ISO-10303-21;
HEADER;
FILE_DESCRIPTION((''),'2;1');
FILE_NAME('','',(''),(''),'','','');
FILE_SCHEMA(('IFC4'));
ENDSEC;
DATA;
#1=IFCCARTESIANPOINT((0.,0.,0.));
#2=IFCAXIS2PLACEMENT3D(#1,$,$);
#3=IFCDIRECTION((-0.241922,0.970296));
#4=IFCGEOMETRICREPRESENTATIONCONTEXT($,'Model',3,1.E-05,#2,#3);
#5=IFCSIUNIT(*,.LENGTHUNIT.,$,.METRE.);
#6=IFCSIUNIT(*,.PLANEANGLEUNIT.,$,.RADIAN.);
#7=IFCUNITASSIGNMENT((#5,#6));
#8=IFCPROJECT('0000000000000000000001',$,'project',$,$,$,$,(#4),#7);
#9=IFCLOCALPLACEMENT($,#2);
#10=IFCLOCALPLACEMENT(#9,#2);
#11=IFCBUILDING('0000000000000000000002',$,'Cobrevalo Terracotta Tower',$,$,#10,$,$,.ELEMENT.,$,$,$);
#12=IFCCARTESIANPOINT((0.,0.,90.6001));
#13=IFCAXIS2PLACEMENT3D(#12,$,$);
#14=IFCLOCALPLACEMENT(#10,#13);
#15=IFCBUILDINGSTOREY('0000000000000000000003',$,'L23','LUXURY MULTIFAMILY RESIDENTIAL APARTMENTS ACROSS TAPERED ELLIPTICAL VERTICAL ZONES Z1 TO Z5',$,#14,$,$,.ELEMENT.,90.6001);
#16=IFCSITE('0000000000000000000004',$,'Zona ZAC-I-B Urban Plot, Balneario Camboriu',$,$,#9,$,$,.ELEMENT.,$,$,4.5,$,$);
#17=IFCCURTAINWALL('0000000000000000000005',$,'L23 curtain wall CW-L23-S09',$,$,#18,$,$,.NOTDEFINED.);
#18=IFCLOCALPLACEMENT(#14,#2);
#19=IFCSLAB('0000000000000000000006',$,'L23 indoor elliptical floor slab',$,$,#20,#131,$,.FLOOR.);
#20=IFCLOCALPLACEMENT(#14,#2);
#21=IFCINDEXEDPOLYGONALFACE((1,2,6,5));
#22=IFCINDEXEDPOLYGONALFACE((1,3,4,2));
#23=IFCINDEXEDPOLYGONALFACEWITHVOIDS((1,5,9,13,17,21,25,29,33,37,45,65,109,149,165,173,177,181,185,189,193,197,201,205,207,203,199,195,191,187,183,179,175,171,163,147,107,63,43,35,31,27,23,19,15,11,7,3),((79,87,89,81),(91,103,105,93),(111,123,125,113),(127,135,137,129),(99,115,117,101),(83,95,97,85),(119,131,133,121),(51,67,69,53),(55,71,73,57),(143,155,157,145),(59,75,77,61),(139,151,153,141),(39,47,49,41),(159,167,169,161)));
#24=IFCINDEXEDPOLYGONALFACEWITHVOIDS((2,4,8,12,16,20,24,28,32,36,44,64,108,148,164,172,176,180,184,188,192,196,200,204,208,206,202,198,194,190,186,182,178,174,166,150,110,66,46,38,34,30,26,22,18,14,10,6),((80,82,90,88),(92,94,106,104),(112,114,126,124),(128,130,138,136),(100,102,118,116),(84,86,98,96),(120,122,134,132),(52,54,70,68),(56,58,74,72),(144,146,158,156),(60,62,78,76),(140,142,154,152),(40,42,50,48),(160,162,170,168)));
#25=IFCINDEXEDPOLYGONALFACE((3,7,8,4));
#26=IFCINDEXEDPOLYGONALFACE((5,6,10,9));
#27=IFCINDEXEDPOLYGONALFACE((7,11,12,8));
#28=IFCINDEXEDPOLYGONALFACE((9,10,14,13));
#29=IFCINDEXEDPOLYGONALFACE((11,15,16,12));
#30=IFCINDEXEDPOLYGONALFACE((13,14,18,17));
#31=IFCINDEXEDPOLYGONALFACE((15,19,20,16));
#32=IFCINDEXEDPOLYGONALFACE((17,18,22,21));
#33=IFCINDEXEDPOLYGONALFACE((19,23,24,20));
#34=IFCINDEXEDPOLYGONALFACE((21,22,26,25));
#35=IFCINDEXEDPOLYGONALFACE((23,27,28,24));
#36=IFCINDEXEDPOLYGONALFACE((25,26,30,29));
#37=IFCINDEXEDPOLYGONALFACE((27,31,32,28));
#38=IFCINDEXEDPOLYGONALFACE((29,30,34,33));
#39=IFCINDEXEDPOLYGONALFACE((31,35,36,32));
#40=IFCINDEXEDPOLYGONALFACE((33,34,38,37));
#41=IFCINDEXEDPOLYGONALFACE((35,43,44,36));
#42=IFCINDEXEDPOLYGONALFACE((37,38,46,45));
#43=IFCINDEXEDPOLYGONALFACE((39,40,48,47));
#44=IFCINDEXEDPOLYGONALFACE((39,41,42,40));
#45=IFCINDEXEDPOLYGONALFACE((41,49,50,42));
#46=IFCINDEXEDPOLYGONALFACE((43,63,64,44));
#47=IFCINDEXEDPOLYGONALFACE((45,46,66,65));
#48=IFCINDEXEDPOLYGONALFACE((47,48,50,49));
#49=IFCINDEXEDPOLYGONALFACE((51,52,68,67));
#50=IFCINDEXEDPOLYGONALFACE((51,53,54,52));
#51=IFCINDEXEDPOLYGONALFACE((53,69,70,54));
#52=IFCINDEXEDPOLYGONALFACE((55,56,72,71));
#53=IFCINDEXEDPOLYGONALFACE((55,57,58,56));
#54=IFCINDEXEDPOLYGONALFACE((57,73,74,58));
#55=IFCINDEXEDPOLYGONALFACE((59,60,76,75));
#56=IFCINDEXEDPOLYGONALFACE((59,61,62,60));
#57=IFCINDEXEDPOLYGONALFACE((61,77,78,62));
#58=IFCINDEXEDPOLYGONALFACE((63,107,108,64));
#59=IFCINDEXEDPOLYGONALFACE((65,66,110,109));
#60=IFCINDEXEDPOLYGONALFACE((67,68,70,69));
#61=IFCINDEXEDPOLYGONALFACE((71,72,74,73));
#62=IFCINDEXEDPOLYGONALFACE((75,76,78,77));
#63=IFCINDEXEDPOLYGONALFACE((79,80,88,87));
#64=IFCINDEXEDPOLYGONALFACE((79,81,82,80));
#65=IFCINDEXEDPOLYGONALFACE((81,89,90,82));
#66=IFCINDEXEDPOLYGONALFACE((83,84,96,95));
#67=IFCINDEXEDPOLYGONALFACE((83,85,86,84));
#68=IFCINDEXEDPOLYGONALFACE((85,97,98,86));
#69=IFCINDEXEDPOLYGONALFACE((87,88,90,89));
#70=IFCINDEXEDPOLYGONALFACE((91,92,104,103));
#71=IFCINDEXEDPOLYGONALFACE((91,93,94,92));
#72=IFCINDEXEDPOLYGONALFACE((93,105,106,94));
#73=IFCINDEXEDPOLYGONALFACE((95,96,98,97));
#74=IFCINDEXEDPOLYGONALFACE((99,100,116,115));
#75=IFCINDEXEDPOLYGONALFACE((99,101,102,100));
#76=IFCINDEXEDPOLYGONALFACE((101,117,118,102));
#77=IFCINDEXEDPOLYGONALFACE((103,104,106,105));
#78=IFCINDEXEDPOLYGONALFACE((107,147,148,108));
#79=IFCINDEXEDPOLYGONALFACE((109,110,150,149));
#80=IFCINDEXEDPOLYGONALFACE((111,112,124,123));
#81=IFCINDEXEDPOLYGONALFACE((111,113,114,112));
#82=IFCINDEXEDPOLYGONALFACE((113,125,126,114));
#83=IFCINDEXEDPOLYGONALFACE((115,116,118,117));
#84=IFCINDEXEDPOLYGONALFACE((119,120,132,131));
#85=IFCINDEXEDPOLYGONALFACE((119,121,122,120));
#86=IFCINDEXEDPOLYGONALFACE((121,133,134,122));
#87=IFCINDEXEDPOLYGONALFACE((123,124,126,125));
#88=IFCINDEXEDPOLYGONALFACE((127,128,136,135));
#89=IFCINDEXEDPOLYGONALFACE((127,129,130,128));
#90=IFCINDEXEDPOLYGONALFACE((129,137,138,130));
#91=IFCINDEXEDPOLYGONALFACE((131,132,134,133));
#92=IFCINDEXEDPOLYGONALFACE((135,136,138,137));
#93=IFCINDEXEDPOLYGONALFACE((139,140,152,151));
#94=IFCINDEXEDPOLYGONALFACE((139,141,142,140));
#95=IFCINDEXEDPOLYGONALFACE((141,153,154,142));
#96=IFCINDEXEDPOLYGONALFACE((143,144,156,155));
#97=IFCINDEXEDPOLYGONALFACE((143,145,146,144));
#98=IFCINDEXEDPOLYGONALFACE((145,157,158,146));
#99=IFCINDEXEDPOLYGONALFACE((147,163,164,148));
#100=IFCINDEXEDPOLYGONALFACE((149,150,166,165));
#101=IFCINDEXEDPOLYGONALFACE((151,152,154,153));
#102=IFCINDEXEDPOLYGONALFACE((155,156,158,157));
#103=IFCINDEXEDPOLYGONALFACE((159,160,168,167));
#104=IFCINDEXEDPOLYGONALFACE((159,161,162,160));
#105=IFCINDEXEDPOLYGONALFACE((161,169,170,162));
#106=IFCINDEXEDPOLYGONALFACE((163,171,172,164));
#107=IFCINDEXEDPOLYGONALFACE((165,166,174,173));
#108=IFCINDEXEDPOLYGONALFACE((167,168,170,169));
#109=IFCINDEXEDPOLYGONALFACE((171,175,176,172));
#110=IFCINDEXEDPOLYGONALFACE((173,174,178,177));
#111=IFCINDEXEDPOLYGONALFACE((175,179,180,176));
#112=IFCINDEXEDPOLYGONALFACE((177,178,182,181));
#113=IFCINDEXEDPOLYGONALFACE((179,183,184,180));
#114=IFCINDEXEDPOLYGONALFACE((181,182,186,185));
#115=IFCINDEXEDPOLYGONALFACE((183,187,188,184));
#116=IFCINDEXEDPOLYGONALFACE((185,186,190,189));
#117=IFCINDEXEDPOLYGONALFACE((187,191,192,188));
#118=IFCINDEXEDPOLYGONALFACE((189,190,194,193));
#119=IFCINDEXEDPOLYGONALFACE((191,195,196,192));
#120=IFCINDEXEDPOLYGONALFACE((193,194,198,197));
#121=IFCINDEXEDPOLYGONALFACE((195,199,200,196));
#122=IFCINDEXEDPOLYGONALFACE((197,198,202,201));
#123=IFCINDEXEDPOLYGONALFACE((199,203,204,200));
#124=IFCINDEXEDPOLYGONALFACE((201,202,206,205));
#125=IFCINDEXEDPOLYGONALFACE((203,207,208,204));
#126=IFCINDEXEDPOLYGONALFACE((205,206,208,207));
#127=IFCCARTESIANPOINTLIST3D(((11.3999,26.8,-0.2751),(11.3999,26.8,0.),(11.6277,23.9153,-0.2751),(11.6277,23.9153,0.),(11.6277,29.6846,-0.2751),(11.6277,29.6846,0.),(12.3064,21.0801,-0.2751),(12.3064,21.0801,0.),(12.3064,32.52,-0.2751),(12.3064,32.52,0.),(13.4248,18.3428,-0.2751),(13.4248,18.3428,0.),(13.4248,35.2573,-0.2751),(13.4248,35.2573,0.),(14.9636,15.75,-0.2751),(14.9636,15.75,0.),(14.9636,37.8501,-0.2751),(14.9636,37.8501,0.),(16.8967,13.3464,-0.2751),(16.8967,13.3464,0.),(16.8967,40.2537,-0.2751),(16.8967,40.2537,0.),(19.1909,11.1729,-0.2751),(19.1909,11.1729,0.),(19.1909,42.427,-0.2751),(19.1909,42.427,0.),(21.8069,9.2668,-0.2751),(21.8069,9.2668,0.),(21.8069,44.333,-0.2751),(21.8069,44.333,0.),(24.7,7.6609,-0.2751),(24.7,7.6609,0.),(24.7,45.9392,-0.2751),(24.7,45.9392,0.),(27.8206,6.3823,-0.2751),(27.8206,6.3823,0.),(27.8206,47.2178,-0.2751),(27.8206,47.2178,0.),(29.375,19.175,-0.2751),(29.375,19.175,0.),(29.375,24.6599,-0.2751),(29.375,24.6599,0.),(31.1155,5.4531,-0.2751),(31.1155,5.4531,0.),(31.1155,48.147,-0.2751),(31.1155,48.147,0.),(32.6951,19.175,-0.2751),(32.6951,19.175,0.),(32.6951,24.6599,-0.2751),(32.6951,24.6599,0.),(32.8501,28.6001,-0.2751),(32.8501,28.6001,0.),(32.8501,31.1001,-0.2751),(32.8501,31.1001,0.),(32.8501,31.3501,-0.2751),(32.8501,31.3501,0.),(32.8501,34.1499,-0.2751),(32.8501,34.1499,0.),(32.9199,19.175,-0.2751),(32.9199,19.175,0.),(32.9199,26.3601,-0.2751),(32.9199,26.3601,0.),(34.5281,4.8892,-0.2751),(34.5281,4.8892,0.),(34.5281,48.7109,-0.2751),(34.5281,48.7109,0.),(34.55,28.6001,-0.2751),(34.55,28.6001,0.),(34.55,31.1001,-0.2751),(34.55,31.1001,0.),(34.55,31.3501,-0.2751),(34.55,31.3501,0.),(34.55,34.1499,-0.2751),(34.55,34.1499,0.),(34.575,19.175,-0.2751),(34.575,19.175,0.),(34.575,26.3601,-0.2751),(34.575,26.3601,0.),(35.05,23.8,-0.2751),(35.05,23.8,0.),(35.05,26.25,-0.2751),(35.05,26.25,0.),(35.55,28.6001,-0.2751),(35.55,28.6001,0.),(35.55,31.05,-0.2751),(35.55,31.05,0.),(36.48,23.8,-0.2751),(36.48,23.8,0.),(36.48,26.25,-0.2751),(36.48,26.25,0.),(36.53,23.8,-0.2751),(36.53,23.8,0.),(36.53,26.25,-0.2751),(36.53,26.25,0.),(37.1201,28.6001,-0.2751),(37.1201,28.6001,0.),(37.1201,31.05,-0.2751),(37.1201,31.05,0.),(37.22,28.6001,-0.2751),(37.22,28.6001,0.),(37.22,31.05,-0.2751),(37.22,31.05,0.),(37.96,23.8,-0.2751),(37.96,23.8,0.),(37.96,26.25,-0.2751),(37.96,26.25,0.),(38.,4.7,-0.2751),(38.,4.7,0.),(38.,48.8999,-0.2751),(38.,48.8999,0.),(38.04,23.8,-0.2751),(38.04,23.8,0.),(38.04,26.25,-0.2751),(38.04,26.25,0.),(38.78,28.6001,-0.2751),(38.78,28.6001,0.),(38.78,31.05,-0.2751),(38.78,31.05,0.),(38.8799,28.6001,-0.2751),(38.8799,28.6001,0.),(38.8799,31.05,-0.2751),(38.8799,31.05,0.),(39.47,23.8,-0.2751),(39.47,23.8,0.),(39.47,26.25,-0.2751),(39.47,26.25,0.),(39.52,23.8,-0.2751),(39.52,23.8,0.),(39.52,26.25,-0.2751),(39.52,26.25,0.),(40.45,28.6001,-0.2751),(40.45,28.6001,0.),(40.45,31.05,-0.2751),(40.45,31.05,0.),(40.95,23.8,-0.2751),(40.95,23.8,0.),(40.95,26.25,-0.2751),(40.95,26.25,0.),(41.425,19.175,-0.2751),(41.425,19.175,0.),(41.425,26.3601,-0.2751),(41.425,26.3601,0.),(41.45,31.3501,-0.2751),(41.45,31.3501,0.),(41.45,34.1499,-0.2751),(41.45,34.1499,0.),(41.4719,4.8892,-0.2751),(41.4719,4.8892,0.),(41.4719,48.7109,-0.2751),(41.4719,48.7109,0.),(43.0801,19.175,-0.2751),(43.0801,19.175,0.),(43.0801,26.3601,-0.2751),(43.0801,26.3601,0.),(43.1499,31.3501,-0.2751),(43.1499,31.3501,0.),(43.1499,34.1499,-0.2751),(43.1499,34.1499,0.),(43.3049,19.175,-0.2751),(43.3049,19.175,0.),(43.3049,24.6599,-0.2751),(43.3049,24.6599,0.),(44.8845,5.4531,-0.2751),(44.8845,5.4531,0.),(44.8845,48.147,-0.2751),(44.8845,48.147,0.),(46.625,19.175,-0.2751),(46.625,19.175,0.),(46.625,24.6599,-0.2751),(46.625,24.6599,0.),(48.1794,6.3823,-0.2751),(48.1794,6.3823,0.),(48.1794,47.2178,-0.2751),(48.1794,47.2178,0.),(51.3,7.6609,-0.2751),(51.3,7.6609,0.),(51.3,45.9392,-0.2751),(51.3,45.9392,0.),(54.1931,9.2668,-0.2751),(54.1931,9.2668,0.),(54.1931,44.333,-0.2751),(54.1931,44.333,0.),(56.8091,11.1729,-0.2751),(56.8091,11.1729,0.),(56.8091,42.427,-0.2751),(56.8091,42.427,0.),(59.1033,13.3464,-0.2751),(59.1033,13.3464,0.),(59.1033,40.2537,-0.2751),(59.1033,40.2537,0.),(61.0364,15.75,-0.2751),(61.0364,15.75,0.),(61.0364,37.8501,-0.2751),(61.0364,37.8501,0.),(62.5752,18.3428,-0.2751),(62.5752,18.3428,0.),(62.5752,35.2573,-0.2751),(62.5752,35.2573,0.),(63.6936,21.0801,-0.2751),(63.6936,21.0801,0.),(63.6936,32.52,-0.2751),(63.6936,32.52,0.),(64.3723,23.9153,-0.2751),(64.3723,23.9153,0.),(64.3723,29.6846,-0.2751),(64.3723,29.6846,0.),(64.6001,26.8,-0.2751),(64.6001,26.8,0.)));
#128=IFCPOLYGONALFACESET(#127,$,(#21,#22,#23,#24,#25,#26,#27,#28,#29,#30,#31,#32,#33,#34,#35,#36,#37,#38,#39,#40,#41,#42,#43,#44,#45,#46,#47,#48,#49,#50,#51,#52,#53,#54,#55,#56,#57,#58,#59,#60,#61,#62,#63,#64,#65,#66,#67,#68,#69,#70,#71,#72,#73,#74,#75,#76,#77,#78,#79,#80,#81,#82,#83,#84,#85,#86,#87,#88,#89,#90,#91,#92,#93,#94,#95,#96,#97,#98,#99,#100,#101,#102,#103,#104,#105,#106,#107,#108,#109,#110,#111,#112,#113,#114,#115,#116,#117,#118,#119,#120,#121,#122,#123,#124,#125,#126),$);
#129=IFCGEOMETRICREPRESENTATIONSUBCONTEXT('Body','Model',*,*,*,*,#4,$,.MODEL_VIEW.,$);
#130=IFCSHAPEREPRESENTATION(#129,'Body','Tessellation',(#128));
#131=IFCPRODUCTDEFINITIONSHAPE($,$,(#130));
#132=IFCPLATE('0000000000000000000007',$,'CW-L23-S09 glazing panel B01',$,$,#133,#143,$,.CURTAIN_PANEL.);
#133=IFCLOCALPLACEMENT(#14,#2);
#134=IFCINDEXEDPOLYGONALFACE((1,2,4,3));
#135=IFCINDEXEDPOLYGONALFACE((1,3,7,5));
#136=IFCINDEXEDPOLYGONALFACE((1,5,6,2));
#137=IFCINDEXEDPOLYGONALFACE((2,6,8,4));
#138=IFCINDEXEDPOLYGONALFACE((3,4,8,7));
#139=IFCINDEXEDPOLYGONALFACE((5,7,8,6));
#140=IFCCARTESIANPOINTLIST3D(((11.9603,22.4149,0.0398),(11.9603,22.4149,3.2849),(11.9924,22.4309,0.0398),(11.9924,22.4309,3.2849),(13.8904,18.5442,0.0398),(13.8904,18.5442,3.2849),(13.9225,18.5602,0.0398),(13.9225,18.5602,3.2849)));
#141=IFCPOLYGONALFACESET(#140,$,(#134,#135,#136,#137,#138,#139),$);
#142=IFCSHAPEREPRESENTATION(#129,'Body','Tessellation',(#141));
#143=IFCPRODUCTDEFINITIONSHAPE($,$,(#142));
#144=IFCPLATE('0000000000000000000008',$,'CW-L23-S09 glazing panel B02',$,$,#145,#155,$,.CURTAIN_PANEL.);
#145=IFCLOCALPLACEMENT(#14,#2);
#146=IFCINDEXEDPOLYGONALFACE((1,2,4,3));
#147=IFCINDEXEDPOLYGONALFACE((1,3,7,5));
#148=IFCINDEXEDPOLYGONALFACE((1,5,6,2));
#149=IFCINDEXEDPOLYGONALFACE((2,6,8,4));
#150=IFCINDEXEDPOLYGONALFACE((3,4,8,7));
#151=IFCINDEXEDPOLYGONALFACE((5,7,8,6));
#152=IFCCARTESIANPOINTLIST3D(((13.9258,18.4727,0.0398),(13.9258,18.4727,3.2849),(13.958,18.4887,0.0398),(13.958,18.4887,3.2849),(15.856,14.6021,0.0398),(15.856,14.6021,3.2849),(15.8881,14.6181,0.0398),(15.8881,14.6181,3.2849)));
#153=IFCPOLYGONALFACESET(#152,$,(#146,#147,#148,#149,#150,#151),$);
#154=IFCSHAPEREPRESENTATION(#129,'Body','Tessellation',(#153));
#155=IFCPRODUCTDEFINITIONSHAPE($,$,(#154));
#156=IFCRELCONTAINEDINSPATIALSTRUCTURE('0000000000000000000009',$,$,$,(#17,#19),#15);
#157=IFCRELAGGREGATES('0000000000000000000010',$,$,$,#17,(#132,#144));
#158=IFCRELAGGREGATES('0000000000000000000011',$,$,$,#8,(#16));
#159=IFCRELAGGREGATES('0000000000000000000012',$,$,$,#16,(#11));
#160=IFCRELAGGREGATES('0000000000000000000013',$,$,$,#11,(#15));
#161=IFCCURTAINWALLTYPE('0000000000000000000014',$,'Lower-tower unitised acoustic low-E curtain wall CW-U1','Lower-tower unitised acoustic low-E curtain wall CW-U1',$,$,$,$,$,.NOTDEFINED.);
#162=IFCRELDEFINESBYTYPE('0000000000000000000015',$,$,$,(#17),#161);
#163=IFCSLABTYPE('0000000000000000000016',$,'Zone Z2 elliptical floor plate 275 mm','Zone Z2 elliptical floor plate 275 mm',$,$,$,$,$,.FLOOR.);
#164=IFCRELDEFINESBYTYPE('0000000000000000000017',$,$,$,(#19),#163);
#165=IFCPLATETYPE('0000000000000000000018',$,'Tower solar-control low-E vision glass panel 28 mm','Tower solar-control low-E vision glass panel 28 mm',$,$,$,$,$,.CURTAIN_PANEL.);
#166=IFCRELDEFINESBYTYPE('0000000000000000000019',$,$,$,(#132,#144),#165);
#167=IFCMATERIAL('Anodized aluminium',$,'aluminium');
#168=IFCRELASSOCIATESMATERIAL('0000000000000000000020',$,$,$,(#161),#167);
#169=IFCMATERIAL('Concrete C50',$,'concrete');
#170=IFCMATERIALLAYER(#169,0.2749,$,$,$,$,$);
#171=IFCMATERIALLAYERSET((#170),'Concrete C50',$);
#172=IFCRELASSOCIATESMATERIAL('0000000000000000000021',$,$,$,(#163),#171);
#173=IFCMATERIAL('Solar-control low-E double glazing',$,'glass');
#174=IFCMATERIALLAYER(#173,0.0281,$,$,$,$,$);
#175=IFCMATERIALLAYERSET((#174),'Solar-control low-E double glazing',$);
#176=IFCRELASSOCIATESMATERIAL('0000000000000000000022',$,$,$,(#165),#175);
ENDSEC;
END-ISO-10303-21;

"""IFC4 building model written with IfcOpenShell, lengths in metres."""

from ifc_helpers import new_model, si_unit, direction, frame, origin, origin_2d, place, context, subcontext, project, spatial, polyline, rectangle, outline, extrude, source, transform, mapped, material, layer, layer_set, type_object, element, aggregate, save


model = new_model("IFC4")

# Units and contexts
model_context = context("Model", 3, precision=1e-05, world=origin(), true_north=direction((-0.241922, 0.970296)))
body_context = subcontext(model_context, "Body", "Model", "MODEL_VIEW")
ifc_project = project(units=[si_unit("LENGTHUNIT", "METRE"), si_unit("PLANEANGLEUNIT", "RADIAN")], contexts=[model_context])

# Site, building, storey
site_placement = place(None, origin())
site = spatial("IfcSite", under=ifc_project, at=site_placement, Name="Zona ZAC-I-B Urban Plot, Balneario Camboriu", CompositionType="ELEMENT", RefElevation=4.5)
building_placement = place(site_placement, origin())
building = spatial("IfcBuilding", under=site, at=building_placement, Name="Cobrevalo Terracotta Tower", CompositionType="ELEMENT")
storey_placement = place(building_placement, frame((0.0, 0.0, 90.6001)))
storey = spatial("IfcBuildingStorey", under=building, at=storey_placement, Name="L23", Description="LUXURY MULTIFAMILY RESIDENTIAL APARTMENTS ACROSS TAPERED ELLIPTICAL VERTICAL ZONES Z1 TO Z5", CompositionType="ELEMENT", Elevation=90.6001)

# Curtain wall
ifc_material_1 = material(Name="Anodized aluminium", Category="aluminium")
curtain_wall_type = type_object("IfcCurtainWallType", Name="Lower-tower unitised acoustic low-E curtain wall CW-U1", Description="Lower-tower unitised acoustic low-E curtain wall CW-U1", PredefinedType="NOTDEFINED", material=ifc_material_1)
curtain_wall_placement = place(storey_placement, origin())
curtain_wall = element("IfcCurtainWall", 1, at=curtain_wall_placement, inside=storey, type_object=curtain_wall_type, Name="L23 curtain wall CW-L23-S09", PredefinedType="NOTDEFINED")

# Shared definitions
ifc_material_2 = material(Name="Concrete C50", Category="concrete")

# Slab
ifc_layer_1 = layer(ifc_material_2, 0.2749)
ifc_layer_set_1 = layer_set([ifc_layer_1], Name="Concrete C50")
slab_type_1 = type_object("IfcSlabType", Name="Zone Z2 elliptical floor plate 275 mm", Description="Zone Z2 elliptical floor plate 275 mm", PredefinedType="FLOOR", material=ifc_layer_set_1)
slab_1_placement = place(storey_placement, frame((0.0, 0.0, -0.2751)))
element("IfcSlab", 2, at=slab_1_placement, inside=storey, type_object=slab_type_1, Name="L23 indoor elliptical floor slab", PredefinedType="FLOOR", context=body_context, shape_type="SweptSolid", body=[
    extrude(outline(polyline([(64.3723, 23.9153), (63.6936, 21.0801), (62.5752, 18.3428), (61.0364, 15.75), (59.1033, 13.3464), (56.8091, 11.1729), (54.1931, 9.2668), (51.3, 7.6609), (48.1794, 6.3823), (44.8845, 5.4531), (41.4719, 4.8892), (38.0, 4.7), (34.5281, 4.8892), (31.1155, 5.4531), (27.8206, 6.3823), (24.7, 7.6609), (21.8069, 9.2668), (19.1909, 11.1729), (16.8967, 13.3464), (14.9636, 15.75), (13.4248, 18.3428), (12.3064, 21.0801), (11.6277, 23.9153), (11.3999, 26.8), (11.6277, 29.6846), (12.3064, 32.52), (13.4248, 35.2573), (14.9636, 37.8501), (16.8967, 40.2537), (19.1909, 42.427), (21.8069, 44.333), (24.7, 45.9392), (27.8206, 47.2178), (31.1155, 48.147), (34.5281, 48.7109), (38.0, 48.8999), (41.4719, 48.7109), (44.8845, 48.147), (48.1794, 47.2178), (51.3, 45.9392), (54.1931, 44.333), (56.8091, 42.427), (59.1033, 40.2537), (61.0364, 37.8501), (62.5752, 35.2573), (63.6936, 32.52), (64.3723, 29.6846), (64.6001, 26.8), (64.3723, 23.9153)]), holes=[polyline([(32.6951, 19.175), (32.6951, 24.6599), (29.375, 24.6599), (29.375, 19.175), (32.6951, 19.175)]), polyline([(34.575, 19.175), (34.575, 26.3601), (32.9199, 26.3601), (32.9199, 19.175), (34.575, 19.175)]), polyline([(36.48, 23.8), (36.48, 26.25), (35.05, 26.25), (35.05, 23.8), (36.48, 23.8)]), polyline([(37.96, 23.8), (37.96, 26.25), (36.53, 26.25), (36.53, 23.8), (37.96, 23.8)]), polyline([(37.1201, 28.6001), (37.1201, 31.05), (35.55, 31.05), (35.55, 28.6001), (37.1201, 28.6001)]), polyline([(34.55, 28.6001), (34.55, 31.1001), (32.8501, 31.1001), (32.8501, 28.6001), (34.55, 28.6001)]), polyline([(34.55, 31.3501), (34.55, 34.1499), (32.8501, 34.1499), (32.8501, 31.3501), (34.55, 31.3501)]), polyline([(46.625, 19.175), (46.625, 24.6599), (43.3049, 24.6599), (43.3049, 19.175), (46.625, 19.175)]), polyline([(43.0801, 19.175), (43.0801, 26.3601), (41.425, 26.3601), (41.425, 19.175), (43.0801, 19.175)]), polyline([(39.47, 23.8), (39.47, 26.25), (38.04, 26.25), (38.04, 23.8), (39.47, 23.8)]), polyline([(40.95, 23.8), (40.95, 26.25), (39.52, 26.25), (39.52, 23.8), (40.95, 23.8)]), polyline([(38.78, 28.6001), (38.78, 31.05), (37.22, 31.05), (37.22, 28.6001), (38.78, 28.6001)]), polyline([(40.45, 28.6001), (40.45, 31.05), (38.8799, 31.05), (38.8799, 28.6001), (40.45, 28.6001)]), polyline([(43.1499, 31.3501), (43.1499, 34.1499), (41.45, 34.1499), (41.45, 31.3501), (43.1499, 31.3501)])]), origin(), (0.0, 0.0, 1.0), 0.2751),
])

# Plates
ifc_material_3 = material(Name="Solar-control low-E double glazing", Category="glass")
ifc_layer_2 = layer(ifc_material_3, 0.0281)
ifc_layer_set_2 = layer_set([ifc_layer_2], Name="Solar-control low-E double glazing")
plate_type = type_object("IfcPlateType", Name="Tower solar-control low-E vision glass panel 28 mm", Description="Tower solar-control low-E vision glass panel 28 mm", PredefinedType="CURTAIN_PANEL", material=ifc_layer_set_2)
shared_shape_1 = source(origin(), body_context, "Body", "SweptSolid", [
    extrude(rectangle(XDim=4.3252, YDim=0.0359, at=origin_2d()), origin(), (0.0, 0.0, 1.0), 3.2451),
])
plate_1_placement = place(storey_placement, frame((12.9414, 20.4875, 0.0398), z_axis=(0.0, 0.0, 1.0), x_axis=(0.446262, -0.894902, 0.0)))
plate_1 = element("IfcPlate", 3, at=plate_1_placement, type_object=plate_type, Name="CW-L23-S09 glazing panel B01", PredefinedType="CURTAIN_PANEL", context=body_context, shape_type="MappedRepresentation", body=[
    mapped(shared_shape_1, transform((0.0, 0.0, 0.0), scale=1.0)),
])
plate_2_placement = place(storey_placement, frame((14.907, 16.5454, 0.0398), z_axis=(0.0, 0.0, 1.0), x_axis=(0.446262, -0.894902, 0.0)))
plate_2 = element("IfcPlate", 4, at=plate_2_placement, type_object=plate_type, Name="CW-L23-S09 glazing panel B02", PredefinedType="CURTAIN_PANEL", context=body_context, shape_type="MappedRepresentation", body=[
    mapped(shared_shape_1, transform((0.0, 0.0, 0.0), scale=1.0)),
])
aggregate(curtain_wall, [plate_1, plate_2])

save(model, "model.ifc")
